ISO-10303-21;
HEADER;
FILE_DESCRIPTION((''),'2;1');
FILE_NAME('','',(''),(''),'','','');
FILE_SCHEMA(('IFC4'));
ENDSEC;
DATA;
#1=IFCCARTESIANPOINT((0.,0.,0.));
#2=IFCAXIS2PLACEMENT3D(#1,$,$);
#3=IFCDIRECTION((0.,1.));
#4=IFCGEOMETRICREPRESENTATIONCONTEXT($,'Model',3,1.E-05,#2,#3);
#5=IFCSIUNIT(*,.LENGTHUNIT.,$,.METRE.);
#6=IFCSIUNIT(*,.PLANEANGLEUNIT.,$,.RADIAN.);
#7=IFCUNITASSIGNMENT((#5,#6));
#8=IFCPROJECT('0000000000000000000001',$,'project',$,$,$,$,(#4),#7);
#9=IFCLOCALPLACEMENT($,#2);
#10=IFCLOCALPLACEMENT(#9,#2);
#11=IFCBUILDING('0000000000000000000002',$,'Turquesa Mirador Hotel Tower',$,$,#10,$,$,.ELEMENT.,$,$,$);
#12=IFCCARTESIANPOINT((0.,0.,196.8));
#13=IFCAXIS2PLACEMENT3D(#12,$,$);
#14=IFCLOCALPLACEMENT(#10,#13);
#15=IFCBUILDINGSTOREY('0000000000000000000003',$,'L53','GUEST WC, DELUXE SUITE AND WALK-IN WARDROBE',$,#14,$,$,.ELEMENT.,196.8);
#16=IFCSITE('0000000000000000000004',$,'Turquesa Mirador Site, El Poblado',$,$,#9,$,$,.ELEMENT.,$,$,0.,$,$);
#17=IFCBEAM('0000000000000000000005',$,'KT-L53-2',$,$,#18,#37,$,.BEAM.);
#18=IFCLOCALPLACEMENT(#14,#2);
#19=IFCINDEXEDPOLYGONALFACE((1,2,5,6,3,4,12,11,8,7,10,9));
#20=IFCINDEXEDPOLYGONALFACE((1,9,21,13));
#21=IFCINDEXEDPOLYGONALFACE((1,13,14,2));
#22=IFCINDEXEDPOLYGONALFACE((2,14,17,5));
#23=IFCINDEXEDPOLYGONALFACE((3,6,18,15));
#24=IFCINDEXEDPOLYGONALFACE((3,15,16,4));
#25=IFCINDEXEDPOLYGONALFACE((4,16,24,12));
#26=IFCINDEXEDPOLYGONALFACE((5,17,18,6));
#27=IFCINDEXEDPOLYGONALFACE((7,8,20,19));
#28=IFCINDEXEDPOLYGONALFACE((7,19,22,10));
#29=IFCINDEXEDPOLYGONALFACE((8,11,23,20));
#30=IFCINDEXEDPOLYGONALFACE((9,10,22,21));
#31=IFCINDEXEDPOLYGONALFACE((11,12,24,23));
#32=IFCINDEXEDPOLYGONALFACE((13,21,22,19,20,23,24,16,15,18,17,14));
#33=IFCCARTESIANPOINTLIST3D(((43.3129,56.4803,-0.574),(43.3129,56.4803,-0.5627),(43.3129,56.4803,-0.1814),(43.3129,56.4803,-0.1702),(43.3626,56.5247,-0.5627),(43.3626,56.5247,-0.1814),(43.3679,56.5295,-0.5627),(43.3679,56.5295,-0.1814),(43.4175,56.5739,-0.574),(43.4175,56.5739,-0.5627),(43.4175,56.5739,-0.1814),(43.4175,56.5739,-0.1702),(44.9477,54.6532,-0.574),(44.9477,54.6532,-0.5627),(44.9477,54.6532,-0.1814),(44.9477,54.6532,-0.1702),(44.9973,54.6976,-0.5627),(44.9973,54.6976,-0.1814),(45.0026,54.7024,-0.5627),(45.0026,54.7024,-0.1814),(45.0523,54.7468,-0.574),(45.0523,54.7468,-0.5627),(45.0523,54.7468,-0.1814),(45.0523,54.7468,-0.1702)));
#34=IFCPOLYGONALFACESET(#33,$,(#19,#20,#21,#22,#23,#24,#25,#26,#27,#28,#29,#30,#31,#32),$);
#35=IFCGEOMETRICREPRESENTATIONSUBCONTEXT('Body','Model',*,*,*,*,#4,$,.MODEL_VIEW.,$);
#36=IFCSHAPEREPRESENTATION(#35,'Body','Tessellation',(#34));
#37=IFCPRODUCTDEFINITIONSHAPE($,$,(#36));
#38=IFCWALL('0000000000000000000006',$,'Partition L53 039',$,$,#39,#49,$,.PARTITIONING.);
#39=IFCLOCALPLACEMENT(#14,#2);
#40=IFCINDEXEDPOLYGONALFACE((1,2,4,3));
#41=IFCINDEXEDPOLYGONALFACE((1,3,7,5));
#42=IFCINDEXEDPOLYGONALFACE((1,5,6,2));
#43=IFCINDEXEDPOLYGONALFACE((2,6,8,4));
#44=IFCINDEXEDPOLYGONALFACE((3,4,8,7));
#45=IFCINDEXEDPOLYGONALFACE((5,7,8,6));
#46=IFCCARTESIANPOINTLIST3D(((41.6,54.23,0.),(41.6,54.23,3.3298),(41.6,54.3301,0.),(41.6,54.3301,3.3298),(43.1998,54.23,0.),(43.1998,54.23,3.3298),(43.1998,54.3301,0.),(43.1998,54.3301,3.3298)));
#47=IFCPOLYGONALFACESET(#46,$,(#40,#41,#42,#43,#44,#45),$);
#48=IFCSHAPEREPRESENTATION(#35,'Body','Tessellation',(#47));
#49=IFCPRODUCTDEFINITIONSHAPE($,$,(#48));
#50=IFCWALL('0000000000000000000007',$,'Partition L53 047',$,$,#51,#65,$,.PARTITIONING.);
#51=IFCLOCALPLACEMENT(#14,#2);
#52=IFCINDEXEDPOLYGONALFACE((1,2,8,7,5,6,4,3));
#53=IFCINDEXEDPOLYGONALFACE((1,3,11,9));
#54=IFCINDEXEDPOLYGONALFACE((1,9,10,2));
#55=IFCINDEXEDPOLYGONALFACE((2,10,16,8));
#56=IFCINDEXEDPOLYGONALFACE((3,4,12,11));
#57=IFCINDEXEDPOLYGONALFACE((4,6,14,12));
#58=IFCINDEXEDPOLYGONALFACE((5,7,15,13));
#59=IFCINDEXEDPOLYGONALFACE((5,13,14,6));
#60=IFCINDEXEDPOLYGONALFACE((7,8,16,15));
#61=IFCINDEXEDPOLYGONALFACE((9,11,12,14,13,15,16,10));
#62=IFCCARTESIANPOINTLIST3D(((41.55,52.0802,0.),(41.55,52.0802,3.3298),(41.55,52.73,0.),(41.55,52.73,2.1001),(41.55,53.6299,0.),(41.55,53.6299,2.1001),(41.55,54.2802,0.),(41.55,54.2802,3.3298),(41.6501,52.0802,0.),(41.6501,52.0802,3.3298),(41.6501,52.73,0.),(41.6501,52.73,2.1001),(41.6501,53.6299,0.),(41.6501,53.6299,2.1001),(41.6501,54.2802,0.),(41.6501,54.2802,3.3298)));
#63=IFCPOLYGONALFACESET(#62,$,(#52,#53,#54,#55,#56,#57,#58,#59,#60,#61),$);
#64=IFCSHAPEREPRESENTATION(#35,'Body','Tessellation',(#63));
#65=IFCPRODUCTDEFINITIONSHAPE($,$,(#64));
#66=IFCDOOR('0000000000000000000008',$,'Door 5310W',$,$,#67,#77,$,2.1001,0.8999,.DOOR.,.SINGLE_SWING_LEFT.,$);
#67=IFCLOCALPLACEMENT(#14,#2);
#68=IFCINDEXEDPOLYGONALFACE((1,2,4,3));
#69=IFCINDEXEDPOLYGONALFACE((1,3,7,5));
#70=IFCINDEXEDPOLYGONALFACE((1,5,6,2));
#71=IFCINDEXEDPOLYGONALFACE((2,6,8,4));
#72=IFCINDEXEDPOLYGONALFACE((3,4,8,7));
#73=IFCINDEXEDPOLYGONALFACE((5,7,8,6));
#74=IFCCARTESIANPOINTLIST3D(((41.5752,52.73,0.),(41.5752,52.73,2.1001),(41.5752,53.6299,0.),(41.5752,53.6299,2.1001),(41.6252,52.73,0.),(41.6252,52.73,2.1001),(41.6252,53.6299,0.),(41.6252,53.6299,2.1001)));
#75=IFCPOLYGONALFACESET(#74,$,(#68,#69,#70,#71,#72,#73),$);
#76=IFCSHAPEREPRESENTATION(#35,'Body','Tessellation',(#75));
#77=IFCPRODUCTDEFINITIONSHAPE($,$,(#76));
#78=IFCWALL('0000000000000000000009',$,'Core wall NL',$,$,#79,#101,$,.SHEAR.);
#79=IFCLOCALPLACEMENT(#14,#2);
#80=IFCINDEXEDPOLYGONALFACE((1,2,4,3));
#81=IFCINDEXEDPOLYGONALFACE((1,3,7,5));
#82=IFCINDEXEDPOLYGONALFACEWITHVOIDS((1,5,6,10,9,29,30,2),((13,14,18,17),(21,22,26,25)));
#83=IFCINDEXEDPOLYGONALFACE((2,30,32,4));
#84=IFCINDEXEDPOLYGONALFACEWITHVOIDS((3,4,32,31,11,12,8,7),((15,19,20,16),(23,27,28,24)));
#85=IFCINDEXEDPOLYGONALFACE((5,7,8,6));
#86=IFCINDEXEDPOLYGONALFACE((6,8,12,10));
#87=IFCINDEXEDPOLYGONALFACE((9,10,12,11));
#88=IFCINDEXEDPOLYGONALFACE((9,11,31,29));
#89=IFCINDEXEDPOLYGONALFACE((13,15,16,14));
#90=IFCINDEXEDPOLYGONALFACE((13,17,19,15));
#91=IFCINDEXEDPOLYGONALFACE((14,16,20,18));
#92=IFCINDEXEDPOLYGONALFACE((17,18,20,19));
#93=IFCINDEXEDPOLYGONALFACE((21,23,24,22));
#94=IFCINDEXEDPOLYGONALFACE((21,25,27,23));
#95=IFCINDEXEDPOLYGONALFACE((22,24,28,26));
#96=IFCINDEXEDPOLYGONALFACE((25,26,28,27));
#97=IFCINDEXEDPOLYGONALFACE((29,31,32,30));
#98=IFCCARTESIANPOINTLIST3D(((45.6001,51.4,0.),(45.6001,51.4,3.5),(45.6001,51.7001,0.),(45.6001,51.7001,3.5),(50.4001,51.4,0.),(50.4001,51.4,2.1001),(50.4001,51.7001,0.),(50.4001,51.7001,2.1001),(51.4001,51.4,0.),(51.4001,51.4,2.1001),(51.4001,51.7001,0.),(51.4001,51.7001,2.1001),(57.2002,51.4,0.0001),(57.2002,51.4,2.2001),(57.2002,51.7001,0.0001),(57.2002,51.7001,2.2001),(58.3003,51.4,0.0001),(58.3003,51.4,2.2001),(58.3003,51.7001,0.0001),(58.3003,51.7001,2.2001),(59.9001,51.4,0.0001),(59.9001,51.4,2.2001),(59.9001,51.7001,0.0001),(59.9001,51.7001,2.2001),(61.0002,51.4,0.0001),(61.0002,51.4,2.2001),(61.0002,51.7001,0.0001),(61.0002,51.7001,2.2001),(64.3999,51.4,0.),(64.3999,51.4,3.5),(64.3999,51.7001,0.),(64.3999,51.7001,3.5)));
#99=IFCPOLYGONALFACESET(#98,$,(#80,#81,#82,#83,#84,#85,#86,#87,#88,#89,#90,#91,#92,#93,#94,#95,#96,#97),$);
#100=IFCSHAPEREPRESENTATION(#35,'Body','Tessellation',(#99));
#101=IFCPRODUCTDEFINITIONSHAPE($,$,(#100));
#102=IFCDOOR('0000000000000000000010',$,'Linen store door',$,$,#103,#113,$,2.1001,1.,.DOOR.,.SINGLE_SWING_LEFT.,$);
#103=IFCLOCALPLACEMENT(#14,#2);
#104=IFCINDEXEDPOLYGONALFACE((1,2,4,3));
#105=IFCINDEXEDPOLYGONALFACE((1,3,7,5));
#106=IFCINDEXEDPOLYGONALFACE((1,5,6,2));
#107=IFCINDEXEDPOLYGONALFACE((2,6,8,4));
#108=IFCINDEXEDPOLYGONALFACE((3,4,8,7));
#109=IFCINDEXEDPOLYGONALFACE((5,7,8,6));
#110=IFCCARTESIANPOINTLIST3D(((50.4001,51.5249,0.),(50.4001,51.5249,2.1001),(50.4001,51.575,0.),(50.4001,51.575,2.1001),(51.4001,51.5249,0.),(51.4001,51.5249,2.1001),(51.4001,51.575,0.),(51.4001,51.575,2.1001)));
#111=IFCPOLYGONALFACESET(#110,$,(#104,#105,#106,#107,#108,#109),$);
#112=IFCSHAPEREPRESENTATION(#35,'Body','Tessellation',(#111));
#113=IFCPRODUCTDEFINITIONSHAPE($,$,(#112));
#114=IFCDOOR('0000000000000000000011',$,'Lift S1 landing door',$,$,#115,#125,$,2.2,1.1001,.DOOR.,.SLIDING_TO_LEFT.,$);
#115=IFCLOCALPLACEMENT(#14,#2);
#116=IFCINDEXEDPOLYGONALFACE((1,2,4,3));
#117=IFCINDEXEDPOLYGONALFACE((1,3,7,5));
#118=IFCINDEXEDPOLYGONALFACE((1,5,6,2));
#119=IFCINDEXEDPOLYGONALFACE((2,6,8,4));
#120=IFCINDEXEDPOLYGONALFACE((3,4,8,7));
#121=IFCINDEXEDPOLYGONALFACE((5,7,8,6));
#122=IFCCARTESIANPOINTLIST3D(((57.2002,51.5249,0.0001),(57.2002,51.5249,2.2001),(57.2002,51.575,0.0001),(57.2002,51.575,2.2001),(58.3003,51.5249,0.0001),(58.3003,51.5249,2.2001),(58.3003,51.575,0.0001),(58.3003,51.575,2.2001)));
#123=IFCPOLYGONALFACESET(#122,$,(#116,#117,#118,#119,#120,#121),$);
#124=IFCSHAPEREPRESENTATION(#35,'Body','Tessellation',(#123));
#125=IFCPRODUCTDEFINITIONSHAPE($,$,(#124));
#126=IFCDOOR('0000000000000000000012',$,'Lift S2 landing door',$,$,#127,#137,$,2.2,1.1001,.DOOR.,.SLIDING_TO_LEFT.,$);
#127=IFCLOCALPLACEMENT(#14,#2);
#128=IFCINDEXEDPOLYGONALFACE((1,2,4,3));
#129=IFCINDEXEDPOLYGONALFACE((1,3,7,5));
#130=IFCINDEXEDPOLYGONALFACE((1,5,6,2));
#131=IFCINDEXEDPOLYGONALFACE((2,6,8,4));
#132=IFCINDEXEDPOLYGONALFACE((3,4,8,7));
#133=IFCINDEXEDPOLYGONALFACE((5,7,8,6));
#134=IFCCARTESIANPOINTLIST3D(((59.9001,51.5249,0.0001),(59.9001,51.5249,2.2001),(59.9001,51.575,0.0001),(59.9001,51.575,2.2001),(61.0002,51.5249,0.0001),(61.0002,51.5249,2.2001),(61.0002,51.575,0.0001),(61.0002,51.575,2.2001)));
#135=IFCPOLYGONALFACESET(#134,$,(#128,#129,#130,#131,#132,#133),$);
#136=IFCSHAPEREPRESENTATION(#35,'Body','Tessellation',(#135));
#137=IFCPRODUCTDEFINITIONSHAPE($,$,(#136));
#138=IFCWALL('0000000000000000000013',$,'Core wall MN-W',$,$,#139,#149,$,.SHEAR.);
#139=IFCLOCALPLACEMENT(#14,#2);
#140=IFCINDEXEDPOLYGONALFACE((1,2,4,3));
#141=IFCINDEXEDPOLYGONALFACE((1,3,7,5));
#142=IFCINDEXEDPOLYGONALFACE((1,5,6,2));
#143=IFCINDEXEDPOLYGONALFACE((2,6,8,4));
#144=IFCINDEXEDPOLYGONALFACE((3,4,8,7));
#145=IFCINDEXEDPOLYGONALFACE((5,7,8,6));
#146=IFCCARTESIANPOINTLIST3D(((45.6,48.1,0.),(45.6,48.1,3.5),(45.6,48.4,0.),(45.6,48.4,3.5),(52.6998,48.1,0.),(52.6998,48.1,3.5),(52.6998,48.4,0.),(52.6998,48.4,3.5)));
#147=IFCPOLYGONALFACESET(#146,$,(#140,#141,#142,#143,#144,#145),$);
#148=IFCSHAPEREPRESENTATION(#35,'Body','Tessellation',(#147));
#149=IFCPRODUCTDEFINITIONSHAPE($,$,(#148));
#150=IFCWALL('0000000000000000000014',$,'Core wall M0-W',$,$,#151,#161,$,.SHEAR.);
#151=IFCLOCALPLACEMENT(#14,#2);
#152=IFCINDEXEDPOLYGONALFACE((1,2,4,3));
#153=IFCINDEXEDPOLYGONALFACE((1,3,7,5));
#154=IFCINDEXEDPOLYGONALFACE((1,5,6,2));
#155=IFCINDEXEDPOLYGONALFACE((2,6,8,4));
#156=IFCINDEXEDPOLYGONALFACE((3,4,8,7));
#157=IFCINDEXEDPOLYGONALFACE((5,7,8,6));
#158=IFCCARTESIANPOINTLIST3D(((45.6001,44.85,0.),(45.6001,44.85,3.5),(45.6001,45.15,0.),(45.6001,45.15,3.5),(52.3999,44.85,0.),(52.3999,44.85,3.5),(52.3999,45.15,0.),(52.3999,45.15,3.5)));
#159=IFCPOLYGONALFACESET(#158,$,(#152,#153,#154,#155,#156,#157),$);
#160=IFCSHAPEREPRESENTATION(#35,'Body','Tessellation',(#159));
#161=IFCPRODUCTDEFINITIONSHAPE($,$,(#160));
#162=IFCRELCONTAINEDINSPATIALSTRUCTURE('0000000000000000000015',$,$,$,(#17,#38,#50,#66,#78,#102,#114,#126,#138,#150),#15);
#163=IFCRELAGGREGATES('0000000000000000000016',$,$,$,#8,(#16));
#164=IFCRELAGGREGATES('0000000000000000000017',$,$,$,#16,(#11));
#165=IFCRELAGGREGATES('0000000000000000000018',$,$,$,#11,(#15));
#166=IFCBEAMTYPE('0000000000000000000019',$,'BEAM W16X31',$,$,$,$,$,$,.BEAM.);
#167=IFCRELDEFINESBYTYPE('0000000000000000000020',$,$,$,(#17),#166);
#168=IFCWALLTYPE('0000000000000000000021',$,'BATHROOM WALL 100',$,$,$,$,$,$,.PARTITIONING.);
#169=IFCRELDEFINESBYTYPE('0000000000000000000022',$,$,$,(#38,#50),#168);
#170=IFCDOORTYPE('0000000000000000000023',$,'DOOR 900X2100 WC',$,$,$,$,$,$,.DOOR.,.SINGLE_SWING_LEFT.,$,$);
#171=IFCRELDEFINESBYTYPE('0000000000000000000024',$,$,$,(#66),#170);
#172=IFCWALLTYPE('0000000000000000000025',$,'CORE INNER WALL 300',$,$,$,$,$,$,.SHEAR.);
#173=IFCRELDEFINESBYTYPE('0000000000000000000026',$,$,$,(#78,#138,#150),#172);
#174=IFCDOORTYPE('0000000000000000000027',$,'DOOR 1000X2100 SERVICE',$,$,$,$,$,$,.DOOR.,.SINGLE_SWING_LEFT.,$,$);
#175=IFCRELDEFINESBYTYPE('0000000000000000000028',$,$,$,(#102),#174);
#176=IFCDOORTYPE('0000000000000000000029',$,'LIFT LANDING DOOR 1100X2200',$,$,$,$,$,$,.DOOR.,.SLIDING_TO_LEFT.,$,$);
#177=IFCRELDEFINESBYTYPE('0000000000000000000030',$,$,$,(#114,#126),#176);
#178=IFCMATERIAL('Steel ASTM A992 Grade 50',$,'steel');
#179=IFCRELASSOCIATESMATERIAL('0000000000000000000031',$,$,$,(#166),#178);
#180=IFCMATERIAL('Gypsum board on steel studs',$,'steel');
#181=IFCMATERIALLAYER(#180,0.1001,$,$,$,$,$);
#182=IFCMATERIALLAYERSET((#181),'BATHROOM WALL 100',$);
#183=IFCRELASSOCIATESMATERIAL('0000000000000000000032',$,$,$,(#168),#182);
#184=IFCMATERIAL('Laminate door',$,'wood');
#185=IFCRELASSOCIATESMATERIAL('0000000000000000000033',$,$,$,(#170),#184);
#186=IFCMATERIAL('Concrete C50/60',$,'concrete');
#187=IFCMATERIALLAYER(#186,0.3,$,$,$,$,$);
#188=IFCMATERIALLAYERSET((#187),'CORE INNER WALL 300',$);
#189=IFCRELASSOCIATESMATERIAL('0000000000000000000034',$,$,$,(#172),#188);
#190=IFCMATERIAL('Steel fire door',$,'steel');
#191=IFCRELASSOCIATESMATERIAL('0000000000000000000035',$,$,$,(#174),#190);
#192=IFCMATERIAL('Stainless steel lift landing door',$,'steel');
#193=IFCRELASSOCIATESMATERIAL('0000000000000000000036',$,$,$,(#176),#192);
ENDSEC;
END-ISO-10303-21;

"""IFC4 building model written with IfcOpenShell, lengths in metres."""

from ifc_helpers import new_model, si_unit, direction, frame, frame_2d, origin, origin_2d, place, context, subcontext, project, spatial, rectangle, i_section, extrude, material, layer, layer_set, material_profile, profile_set, type_object, element, fill, save


model = new_model("IFC4")

# Units and contexts
model_context = context("Model", 3, precision=1e-05, world=origin(), true_north=direction((0.0, 1.0)))
body_context = subcontext(model_context, "Body", "Model", "MODEL_VIEW")
ifc_project = project(units=[si_unit("LENGTHUNIT", "METRE"), si_unit("PLANEANGLEUNIT", "RADIAN")], contexts=[model_context])

# Site, building, storey
site_placement = place(None, origin())
site = spatial("IfcSite", under=ifc_project, at=site_placement, Name="Turquesa Mirador Site, El Poblado", CompositionType="ELEMENT", RefElevation=0.0)
building_placement = place(site_placement, origin())
building = spatial("IfcBuilding", under=site, at=building_placement, Name="Turquesa Mirador Hotel Tower", CompositionType="ELEMENT")
storey_placement = place(building_placement, frame((0.0, 0.0, 196.8)))
storey = spatial("IfcBuildingStorey", under=building, at=storey_placement, Name="L53", Description="GUEST WC, DELUXE SUITE AND WALK-IN WARDROBE", CompositionType="ELEMENT", Elevation=196.8)

# Beam
ifc_material_1 = material(Name="Steel ASTM A992 Grade 50", Category="steel")
ifc_material_profile = material_profile(ifc_material_1, i_section(OverallWidth=0.1404, OverallDepth=0.4038, WebThickness=0.0071, FlangeThickness=0.0112, at=origin_2d()), Name="W16X31")
ifc_profile_set = profile_set([ifc_material_profile], Name="Steel ASTM A992 Grade 50")
beam_type = type_object("IfcBeamType", Name="BEAM W16X31", PredefinedType="BEAM", material=ifc_profile_set)
beam_placement = place(storey_placement, frame((43.3652, 56.5271, -0.3721), z_axis=(0.666783, -0.745252, 0.0), x_axis=(0.745252, 0.666783, 0.0)))
element("IfcBeam", 1, at=beam_placement, inside=storey, type_object=beam_type, Name="KT-L53-2", PredefinedType="BEAM", context=body_context, shape_type="SweptSolid", body=[
    extrude(i_section(OverallWidth=0.1404, OverallDepth=0.4038, WebThickness=0.0071, FlangeThickness=0.0112, at=origin_2d()), origin(), (0.0, 0.0, 1.0), 2.4517),
])

# Wall
ifc_material_2 = material(Name="Gypsum board on steel studs", Category="steel")
ifc_layer_1 = layer(ifc_material_2, 0.1001)
ifc_layer_set_1 = layer_set([ifc_layer_1], Name="BATHROOM WALL 100")
wall_type_1 = type_object("IfcWallType", Name="BATHROOM WALL 100", PredefinedType="PARTITIONING", material=ifc_layer_set_1)
wall_1_placement = place(storey_placement, frame((41.6001, 54.28, 0.0), z_axis=(0.0, 0.0, 1.0), x_axis=(1.0, 0.0, 0.0)))
element("IfcWall", 2, at=wall_1_placement, inside=storey, type_object=wall_type_1, Name="Partition L53 039", PredefinedType="PARTITIONING", context=body_context, shape_type="SweptSolid", body=[
    extrude(rectangle(XDim=1.5999, YDim=0.1001, at=frame_2d((0.7998, 0.0))), origin(), (0.0, 0.0, 1.0), 3.3298),
])

# Wall, opening, door
wall_2_placement = place(storey_placement, frame((41.6001, 52.0801, 0.0), z_axis=(0.0, 0.0, 1.0), x_axis=(0.0, 1.0, 0.0)))
wall_2 = element("IfcWall", 3, at=wall_2_placement, inside=storey, type_object=wall_type_1, Name="Partition L53 047", PredefinedType="PARTITIONING", context=body_context, shape_type="SweptSolid", body=[
    extrude(rectangle(XDim=2.2, YDim=0.1001, at=frame_2d((1.1001, 0.0))), origin(), (0.0, 0.0, 1.0), 3.3298),
])
opening_1_placement = place(wall_2_placement, frame((0.6499, 0.0, 0.0)))
opening_1 = element("IfcOpeningElement", 4, at=opening_1_placement, cuts=wall_2, PredefinedType="OPENING", context=body_context, shape_type="SweptSolid", body=[
    extrude(rectangle(XDim=0.8999, YDim=2.1001, at=frame_2d((0.45, 1.05))), frame((0.0, 0.0601, 0.0), z_axis=(0.0, -1.0, 0.0), x_axis=(1.0, 0.0, 0.0)), (0.0, 0.0, 1.0), 0.1201),
])
ifc_material_3 = material(Name="Laminate door", Category="wood")
door_type_1 = type_object("IfcDoorType", Name="DOOR 900X2100 WC", OperationType="SINGLE_SWING_LEFT", PredefinedType="DOOR", material=ifc_material_3)
door_1_placement = place(opening_1_placement, origin())
door_1 = element("IfcDoor", 5, at=door_1_placement, inside=storey, type_object=door_type_1, Name="Door 5310W", OperationType="SINGLE_SWING_LEFT", OverallHeight=2.1001, OverallWidth=0.8999, PredefinedType="DOOR", context=body_context, shape_type="SweptSolid", body=[
    extrude(rectangle(XDim=0.8999, YDim=2.1001, at=frame_2d((0.45, 1.05))), frame((0.0, 0.0249, 0.0), z_axis=(0.0, -1.0, 0.0), x_axis=(1.0, 0.0, 0.0)), (0.0, 0.0, 1.0), 0.05),
])
fill(opening_1, door_1)

# Wall, openings, doors
ifc_material_4 = material(Name="Concrete C50/60", Category="concrete")
ifc_layer_2 = layer(ifc_material_4, 0.3)
ifc_layer_set_2 = layer_set([ifc_layer_2], Name="CORE INNER WALL 300")
wall_type_2 = type_object("IfcWallType", Name="CORE INNER WALL 300", PredefinedType="SHEAR", material=ifc_layer_set_2)
wall_3_placement = place(storey_placement, frame((45.6001, 51.55, 0.0), z_axis=(0.0, 0.0, 1.0), x_axis=(1.0, 0.0, 0.0)))
wall_3 = element("IfcWall", 6, at=wall_3_placement, inside=storey, type_object=wall_type_2, Name="Core wall NL", PredefinedType="SHEAR", context=body_context, shape_type="SweptSolid", body=[
    extrude(rectangle(XDim=18.7998, YDim=0.3, at=frame_2d((9.3999, 0.0))), origin(), (0.0, 0.0, 1.0), 3.5),
])
opening_2_placement = place(wall_3_placement, frame((4.8, 0.0, 0.0)))
opening_2 = element("IfcOpeningElement", 7, at=opening_2_placement, cuts=wall_3, PredefinedType="OPENING", context=body_context, shape_type="SweptSolid", body=[
    extrude(rectangle(XDim=1.0, YDim=2.1001, at=frame_2d((0.5, 1.05))), frame((0.0, 0.1599, 0.0), z_axis=(0.0, -1.0, 0.0), x_axis=(1.0, 0.0, 0.0)), (0.0, 0.0, 1.0), 0.3201),
])
opening_3_placement = place(wall_3_placement, frame((11.6001, 0.0, 0.0)))
opening_3 = element("IfcOpeningElement", 8, at=opening_3_placement, cuts=wall_3, PredefinedType="OPENING", context=body_context, shape_type="SweptSolid", body=[
    extrude(rectangle(XDim=1.1001, YDim=2.2, at=frame_2d((0.55, 1.1001))), frame((0.0, 0.1599, 0.0), z_axis=(0.0, -1.0, 0.0), x_axis=(1.0, 0.0, 0.0)), (0.0, 0.0, 1.0), 0.3201),
])
opening_4_placement = place(wall_3_placement, frame((14.3, 0.0, 0.0)))
opening_4 = element("IfcOpeningElement", 9, at=opening_4_placement, cuts=wall_3, PredefinedType="OPENING", context=body_context, shape_type="SweptSolid", body=[
    extrude(rectangle(XDim=1.1001, YDim=2.2, at=frame_2d((0.55, 1.1001))), frame((0.0, 0.1599, 0.0), z_axis=(0.0, -1.0, 0.0), x_axis=(1.0, 0.0, 0.0)), (0.0, 0.0, 1.0), 0.3201),
])
ifc_material_5 = material(Name="Steel fire door", Category="steel")
door_type_2 = type_object("IfcDoorType", Name="DOOR 1000X2100 SERVICE", OperationType="SINGLE_SWING_LEFT", PredefinedType="DOOR", material=ifc_material_5)
door_2_placement = place(opening_2_placement, origin())
door_2 = element("IfcDoor", 10, at=door_2_placement, inside=storey, type_object=door_type_2, Name="Linen store door", OperationType="SINGLE_SWING_LEFT", OverallHeight=2.1001, OverallWidth=1.0, PredefinedType="DOOR", context=body_context, shape_type="SweptSolid", body=[
    extrude(rectangle(XDim=1.0, YDim=2.1001, at=frame_2d((0.5, 1.05))), frame((0.0, 0.0249, 0.0), z_axis=(0.0, -1.0, 0.0), x_axis=(1.0, 0.0, 0.0)), (0.0, 0.0, 1.0), 0.05),
])
fill(opening_2, door_2)
ifc_material_6 = material(Name="Stainless steel lift landing door", Category="steel")
door_type_3 = type_object("IfcDoorType", Name="LIFT LANDING DOOR 1100X2200", OperationType="SLIDING_TO_LEFT", PredefinedType="DOOR", material=ifc_material_6)
door_3_placement = place(opening_3_placement, origin())
door_3 = element("IfcDoor", 11, at=door_3_placement, inside=storey, type_object=door_type_3, Name="Lift S1 landing door", OperationType="SLIDING_TO_LEFT", OverallHeight=2.2, OverallWidth=1.1001, PredefinedType="DOOR", context=body_context, shape_type="SweptSolid", body=[
    extrude(rectangle(XDim=1.1001, YDim=2.2, at=frame_2d((0.55, 1.1001))), frame((0.0, 0.0249, 0.0), z_axis=(0.0, -1.0, 0.0), x_axis=(1.0, 0.0, 0.0)), (0.0, 0.0, 1.0), 0.05),
])
fill(opening_3, door_3)
door_4_placement = place(opening_4_placement, origin())
door_4 = element("IfcDoor", 12, at=door_4_placement, inside=storey, type_object=door_type_3, Name="Lift S2 landing door", OperationType="SLIDING_TO_LEFT", OverallHeight=2.2, OverallWidth=1.1001, PredefinedType="DOOR", context=body_context, shape_type="SweptSolid", body=[
    extrude(rectangle(XDim=1.1001, YDim=2.2, at=frame_2d((0.55, 1.1001))), frame((0.0, 0.0249, 0.0), z_axis=(0.0, -1.0, 0.0), x_axis=(1.0, 0.0, 0.0)), (0.0, 0.0, 1.0), 0.05),
])
fill(opening_4, door_4)

# Walls
wall_4_placement = place(storey_placement, frame((45.6001, 48.25, 0.0), z_axis=(0.0, 0.0, 1.0), x_axis=(1.0, 0.0, 0.0)))
element("IfcWall", 13, at=wall_4_placement, inside=storey, type_object=wall_type_2, Name="Core wall MN-W", PredefinedType="SHEAR", context=body_context, shape_type="SweptSolid", body=[
    extrude(rectangle(XDim=7.0999, YDim=0.3, at=frame_2d((3.5498, 0.0))), origin(), (0.0, 0.0, 1.0), 3.5),
])
wall_5_placement = place(storey_placement, frame((45.6001, 45.0, 0.0), z_axis=(0.0, 0.0, 1.0), x_axis=(1.0, 0.0, 0.0)))
element("IfcWall", 14, at=wall_5_placement, inside=storey, type_object=wall_type_2, Name="Core wall M0-W", PredefinedType="SHEAR", context=body_context, shape_type="SweptSolid", body=[
    extrude(rectangle(XDim=6.7998, YDim=0.3, at=frame_2d((3.3999, 0.0))), origin(), (0.0, 0.0, 1.0), 3.5),
])

save(model, "model.ifc")
